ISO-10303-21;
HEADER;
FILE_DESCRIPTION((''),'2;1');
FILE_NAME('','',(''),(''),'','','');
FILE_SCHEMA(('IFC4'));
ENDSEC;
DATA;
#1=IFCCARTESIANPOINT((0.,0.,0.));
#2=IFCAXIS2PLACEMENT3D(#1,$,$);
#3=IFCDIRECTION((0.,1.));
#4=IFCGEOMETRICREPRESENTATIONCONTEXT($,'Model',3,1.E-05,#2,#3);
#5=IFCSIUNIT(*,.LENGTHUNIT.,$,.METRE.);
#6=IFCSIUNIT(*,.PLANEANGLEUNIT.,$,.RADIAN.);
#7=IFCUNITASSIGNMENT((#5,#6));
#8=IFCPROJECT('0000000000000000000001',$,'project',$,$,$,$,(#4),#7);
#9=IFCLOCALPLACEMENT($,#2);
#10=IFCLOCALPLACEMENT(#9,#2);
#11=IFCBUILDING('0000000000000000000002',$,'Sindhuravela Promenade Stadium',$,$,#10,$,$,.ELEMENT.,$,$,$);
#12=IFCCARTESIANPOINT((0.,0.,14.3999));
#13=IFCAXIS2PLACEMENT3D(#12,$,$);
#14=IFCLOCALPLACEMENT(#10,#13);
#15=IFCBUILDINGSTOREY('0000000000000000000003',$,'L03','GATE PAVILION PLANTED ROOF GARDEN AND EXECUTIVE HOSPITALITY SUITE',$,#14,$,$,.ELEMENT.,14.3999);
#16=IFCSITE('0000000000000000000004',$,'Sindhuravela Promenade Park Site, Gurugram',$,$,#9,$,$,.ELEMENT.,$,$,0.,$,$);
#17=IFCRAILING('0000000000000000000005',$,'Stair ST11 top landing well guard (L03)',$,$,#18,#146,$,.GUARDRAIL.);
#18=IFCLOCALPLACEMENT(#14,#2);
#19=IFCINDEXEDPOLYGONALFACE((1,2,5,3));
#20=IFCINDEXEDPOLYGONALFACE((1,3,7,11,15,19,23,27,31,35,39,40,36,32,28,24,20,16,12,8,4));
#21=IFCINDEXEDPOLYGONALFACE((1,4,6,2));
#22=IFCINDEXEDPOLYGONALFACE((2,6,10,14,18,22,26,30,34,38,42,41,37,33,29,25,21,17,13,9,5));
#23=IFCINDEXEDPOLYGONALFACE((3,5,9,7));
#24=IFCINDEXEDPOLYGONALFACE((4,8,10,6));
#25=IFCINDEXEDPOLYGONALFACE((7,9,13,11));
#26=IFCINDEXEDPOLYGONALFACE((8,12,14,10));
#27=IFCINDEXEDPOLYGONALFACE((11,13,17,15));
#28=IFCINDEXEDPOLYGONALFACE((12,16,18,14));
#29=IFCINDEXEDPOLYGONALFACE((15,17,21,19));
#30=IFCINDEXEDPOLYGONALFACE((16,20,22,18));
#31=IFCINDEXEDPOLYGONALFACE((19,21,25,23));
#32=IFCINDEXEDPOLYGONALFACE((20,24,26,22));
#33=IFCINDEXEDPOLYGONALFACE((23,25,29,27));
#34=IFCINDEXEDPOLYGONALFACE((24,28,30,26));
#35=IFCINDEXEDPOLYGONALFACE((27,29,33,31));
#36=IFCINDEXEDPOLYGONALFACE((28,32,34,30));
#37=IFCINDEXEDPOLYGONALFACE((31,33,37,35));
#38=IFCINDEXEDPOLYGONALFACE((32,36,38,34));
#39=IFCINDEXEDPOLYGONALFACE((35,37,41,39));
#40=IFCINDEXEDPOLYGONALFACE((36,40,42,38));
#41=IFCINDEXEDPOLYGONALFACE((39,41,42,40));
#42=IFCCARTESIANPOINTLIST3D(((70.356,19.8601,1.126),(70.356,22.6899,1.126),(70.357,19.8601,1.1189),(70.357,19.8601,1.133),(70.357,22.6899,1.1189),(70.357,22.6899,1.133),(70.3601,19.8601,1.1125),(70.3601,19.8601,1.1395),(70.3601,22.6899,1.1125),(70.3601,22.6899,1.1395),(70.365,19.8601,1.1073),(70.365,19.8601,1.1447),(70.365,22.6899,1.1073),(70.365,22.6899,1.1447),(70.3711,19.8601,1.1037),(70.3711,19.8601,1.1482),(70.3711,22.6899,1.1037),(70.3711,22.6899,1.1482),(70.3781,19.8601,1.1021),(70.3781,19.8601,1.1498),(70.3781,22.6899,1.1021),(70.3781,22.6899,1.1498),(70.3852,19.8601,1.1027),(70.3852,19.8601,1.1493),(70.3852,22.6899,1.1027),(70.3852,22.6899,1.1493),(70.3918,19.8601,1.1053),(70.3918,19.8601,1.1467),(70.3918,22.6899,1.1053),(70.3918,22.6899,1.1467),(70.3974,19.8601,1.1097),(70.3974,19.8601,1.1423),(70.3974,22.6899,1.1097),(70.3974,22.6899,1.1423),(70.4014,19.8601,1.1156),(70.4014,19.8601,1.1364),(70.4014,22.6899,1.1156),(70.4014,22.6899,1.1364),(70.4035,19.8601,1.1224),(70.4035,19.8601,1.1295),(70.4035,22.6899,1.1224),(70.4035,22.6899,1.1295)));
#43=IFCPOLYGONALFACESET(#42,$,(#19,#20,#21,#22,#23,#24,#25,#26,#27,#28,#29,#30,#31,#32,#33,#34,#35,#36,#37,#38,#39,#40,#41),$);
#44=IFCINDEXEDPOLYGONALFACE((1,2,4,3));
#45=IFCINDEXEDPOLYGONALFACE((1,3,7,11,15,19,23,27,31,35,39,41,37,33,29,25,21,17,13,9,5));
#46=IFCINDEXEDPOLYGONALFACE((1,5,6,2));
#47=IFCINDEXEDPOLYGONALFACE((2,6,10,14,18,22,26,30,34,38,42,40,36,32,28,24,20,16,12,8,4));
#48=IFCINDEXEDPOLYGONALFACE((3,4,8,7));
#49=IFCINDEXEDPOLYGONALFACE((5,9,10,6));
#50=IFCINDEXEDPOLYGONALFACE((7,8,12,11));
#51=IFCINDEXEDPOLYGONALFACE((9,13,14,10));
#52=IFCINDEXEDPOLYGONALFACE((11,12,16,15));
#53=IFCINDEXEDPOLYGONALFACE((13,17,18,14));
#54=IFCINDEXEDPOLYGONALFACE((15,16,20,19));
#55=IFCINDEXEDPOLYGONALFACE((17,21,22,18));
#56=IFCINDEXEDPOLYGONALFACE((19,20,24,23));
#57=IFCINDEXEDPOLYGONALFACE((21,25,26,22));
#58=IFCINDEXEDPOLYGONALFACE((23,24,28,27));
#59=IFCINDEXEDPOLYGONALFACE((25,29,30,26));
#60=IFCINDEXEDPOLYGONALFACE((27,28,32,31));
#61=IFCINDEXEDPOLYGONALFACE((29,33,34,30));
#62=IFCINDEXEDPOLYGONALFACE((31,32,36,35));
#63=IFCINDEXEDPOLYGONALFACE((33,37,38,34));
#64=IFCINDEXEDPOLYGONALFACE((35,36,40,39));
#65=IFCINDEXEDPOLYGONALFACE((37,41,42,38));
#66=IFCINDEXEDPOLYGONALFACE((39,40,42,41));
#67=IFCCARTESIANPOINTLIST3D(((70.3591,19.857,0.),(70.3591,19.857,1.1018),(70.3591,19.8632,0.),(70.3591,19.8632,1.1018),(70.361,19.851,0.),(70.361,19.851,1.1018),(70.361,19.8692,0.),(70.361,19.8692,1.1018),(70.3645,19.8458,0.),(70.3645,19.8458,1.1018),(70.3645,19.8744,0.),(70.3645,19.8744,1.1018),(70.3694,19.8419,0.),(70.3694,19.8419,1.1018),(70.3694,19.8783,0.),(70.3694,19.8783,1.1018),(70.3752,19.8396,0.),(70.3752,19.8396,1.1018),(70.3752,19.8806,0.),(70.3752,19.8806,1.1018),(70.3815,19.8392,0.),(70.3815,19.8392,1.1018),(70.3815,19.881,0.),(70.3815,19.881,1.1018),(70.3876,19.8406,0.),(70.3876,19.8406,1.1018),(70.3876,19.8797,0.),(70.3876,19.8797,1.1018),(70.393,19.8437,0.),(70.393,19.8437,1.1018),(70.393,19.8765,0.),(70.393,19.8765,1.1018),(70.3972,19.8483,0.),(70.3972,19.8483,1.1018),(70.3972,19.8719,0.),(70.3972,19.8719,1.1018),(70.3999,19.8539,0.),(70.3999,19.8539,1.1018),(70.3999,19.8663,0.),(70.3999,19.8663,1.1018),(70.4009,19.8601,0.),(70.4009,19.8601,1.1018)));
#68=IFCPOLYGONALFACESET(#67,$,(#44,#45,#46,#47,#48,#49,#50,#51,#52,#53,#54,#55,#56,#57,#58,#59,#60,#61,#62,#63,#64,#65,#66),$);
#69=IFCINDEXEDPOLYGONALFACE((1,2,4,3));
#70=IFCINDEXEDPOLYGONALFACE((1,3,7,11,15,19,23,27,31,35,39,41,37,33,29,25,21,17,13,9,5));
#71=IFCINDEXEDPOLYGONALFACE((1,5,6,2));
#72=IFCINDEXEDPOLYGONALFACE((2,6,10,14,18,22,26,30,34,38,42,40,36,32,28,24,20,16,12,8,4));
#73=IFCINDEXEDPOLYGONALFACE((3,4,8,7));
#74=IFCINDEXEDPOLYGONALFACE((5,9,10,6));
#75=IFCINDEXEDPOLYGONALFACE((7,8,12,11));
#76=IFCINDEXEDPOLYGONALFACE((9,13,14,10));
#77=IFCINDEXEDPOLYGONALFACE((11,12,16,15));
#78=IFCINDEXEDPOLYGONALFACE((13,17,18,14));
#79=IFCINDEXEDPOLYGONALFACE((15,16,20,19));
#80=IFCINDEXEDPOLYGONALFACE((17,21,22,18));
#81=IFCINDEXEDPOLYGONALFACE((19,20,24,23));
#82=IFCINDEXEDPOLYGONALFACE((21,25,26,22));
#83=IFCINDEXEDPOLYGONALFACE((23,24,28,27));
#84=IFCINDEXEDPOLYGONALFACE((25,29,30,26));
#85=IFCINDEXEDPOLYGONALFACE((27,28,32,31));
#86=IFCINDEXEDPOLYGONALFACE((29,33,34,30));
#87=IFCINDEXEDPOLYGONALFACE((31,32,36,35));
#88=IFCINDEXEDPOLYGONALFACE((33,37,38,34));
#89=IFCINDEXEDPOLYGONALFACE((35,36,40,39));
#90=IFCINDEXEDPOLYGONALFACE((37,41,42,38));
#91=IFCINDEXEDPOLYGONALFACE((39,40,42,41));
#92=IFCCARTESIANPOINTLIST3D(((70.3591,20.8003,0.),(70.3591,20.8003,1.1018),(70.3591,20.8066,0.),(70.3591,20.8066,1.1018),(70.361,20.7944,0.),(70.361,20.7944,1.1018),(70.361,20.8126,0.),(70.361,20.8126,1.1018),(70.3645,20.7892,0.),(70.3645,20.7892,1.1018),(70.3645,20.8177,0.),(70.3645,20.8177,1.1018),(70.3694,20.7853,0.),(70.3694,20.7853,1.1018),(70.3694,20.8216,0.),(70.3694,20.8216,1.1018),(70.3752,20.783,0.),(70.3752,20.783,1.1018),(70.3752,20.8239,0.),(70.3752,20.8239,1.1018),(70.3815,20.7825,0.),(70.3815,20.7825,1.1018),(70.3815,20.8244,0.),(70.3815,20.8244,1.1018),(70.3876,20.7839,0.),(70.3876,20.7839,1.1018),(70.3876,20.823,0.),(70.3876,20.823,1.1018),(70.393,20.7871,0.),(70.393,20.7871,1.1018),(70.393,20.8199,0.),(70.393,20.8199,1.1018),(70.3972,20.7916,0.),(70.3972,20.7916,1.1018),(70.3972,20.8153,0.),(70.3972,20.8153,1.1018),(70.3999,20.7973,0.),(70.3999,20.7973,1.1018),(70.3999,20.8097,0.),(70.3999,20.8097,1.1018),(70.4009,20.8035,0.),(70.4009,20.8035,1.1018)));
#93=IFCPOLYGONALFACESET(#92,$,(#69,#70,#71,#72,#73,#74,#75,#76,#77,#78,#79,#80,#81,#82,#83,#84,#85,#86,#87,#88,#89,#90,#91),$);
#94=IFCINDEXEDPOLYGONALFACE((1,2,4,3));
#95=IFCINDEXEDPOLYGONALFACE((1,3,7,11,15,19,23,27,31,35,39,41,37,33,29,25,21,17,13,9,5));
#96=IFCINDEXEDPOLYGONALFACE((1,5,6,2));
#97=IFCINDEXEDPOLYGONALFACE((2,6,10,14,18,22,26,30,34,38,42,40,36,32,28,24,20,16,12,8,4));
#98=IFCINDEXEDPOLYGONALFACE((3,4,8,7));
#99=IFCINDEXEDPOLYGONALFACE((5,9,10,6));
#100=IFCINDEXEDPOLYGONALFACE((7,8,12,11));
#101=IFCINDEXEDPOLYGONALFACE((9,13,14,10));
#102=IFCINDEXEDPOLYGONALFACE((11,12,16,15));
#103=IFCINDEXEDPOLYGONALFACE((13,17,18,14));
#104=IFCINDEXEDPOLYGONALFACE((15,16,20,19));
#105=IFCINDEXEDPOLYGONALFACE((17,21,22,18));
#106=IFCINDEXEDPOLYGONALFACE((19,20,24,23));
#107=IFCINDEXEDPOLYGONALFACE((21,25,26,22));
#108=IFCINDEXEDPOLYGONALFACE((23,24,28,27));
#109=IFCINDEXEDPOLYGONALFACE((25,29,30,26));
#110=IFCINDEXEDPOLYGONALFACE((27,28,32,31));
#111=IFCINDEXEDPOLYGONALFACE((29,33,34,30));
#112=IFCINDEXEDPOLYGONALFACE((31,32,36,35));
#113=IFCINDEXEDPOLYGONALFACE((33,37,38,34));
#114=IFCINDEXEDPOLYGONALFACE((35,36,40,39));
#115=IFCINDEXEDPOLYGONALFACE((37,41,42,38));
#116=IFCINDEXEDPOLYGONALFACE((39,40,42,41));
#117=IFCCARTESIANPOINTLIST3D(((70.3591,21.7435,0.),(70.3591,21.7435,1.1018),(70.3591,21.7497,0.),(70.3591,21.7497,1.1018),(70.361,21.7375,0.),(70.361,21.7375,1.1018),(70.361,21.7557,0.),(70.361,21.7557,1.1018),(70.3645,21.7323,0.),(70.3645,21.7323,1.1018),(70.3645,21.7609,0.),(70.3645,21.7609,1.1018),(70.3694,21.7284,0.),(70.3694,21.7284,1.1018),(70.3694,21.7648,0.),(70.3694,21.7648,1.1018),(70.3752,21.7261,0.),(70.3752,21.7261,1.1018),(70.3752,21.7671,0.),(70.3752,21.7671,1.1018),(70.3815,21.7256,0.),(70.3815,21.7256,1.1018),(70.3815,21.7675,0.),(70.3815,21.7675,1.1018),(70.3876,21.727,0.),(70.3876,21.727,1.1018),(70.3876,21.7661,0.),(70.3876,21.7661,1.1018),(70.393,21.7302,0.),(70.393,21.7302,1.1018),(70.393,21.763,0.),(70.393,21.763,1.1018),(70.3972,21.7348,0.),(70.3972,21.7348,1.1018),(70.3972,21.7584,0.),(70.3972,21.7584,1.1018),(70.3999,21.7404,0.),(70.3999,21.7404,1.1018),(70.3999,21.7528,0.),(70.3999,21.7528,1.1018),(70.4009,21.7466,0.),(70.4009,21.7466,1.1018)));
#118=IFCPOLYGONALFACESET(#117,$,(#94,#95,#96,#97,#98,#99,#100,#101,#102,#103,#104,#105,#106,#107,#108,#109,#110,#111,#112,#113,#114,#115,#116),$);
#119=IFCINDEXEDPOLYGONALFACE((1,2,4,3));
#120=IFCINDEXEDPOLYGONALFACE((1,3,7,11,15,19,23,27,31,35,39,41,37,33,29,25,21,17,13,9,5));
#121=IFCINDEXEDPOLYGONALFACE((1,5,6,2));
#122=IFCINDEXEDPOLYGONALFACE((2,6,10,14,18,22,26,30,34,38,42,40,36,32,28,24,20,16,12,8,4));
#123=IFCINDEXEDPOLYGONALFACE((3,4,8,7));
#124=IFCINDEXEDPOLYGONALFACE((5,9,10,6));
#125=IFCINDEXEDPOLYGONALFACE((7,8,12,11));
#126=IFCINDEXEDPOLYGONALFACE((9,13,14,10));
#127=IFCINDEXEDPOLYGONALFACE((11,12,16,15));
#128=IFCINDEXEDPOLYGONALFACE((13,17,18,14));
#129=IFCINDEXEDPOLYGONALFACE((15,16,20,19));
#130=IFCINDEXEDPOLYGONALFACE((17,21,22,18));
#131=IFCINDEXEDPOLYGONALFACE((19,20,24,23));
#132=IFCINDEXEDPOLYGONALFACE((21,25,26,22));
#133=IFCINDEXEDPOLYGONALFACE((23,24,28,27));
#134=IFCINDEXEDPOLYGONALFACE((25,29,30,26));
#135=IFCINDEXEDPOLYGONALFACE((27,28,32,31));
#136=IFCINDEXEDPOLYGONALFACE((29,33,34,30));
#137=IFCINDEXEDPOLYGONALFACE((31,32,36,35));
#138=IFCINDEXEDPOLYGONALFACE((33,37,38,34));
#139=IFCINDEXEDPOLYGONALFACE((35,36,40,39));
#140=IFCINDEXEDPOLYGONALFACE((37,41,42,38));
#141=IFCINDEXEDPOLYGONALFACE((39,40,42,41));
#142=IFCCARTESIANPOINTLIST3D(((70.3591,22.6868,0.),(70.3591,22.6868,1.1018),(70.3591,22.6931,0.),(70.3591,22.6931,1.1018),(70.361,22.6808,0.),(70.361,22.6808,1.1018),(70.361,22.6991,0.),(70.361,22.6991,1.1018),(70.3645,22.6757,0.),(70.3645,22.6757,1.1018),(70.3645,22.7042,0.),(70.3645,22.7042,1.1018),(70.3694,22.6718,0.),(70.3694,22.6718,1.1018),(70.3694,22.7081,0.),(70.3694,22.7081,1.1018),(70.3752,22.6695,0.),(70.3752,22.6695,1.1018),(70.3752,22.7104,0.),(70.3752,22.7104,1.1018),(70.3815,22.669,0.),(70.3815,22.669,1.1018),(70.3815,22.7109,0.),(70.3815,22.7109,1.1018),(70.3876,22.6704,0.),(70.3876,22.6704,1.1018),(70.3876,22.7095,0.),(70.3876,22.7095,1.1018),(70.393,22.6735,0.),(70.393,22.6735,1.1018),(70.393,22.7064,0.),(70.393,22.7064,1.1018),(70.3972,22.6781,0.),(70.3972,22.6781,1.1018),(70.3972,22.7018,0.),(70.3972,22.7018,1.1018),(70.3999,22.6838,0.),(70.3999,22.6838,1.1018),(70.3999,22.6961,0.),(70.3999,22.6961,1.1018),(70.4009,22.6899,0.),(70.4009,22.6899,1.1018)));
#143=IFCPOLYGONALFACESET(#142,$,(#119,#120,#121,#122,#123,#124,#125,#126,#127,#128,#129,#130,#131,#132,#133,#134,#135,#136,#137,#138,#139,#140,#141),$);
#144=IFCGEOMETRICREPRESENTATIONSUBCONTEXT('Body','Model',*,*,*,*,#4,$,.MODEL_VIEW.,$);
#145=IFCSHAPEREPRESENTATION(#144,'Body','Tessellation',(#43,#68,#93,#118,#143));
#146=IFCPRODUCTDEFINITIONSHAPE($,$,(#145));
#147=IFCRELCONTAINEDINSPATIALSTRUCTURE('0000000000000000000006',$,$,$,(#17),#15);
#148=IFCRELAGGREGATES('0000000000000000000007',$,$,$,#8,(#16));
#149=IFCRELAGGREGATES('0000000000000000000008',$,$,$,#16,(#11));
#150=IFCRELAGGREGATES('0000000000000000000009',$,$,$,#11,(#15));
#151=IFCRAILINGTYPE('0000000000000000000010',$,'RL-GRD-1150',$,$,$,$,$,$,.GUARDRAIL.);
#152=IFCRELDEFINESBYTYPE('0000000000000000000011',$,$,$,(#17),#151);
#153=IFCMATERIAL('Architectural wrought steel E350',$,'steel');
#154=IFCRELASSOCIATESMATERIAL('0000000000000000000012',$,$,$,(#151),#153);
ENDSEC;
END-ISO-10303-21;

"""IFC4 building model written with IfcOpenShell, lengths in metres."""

from ifc_helpers import new_model, si_unit, direction, frame, origin, origin_2d, place, context, subcontext, project, spatial, circle, extrude, material, type_object, element, save


model = new_model("IFC4")

# Units and contexts
model_context = context("Model", 3, precision=1e-05, world=origin(), true_north=direction((0.0, 1.0)))
body_context = subcontext(model_context, "Body", "Model", "MODEL_VIEW")
ifc_project = project(units=[si_unit("LENGTHUNIT", "METRE"), si_unit("PLANEANGLEUNIT", "RADIAN")], contexts=[model_context])

# Site, building, storey
site_placement = place(None, origin())
site = spatial("IfcSite", under=ifc_project, at=site_placement, Name="Sindhuravela Promenade Park Site, Gurugram", CompositionType="ELEMENT", RefElevation=0.0)
building_placement = place(site_placement, origin())
building = spatial("IfcBuilding", under=site, at=building_placement, Name="Sindhuravela Promenade Stadium", CompositionType="ELEMENT")
storey_placement = place(building_placement, frame((0.0, 0.0, 14.3999)))
storey = spatial("IfcBuildingStorey", under=building, at=storey_placement, Name="L03", Description="GATE PAVILION PLANTED ROOF GARDEN AND EXECUTIVE HOSPITALITY SUITE", CompositionType="ELEMENT", Elevation=14.3999)

# Shared definitions
ifc_material_1 = material(Name="Architectural wrought steel E350", Category="steel")

# Railing
railing_type_1 = type_object("IfcRailingType", Name="RL-GRD-1150", PredefinedType="GUARDRAIL", material=ifc_material_1)
railing_1_placement = place(storey_placement, frame((70.3799, 19.8601, 0.0)))
element("IfcRailing", 1, at=railing_1_placement, inside=storey, type_object=railing_type_1, Name="Stair ST11 top landing well guard (L03)", PredefinedType="GUARDRAIL", context=body_context, shape_type="SweptSolid", body=[
    extrude(circle(Radius=0.0239, at=origin_2d()), frame((0.0, 0.0, 1.126), z_axis=(0.0, 1.0, 0.0), x_axis=(-1.0, 0.0, 0.0)), (0.0, 0.0, 1.0), 2.8298),
    extrude(circle(Radius=0.021, at=origin_2d()), origin(), (0.0, 0.0, 1.0), 1.1018),
    extrude(circle(Radius=0.021, at=origin_2d()), frame((0.0, 0.9434, 0.0)), (0.0, 0.0, 1.0), 1.1018),
    extrude(circle(Radius=0.021, at=origin_2d()), frame((0.0, 1.8865, 0.0)), (0.0, 0.0, 1.0), 1.1018),
    extrude(circle(Radius=0.021, at=origin_2d()), frame((0.0, 2.8298, 0.0)), (0.0, 0.0, 1.0), 1.1018),
])

save(model, "model.ifc")
